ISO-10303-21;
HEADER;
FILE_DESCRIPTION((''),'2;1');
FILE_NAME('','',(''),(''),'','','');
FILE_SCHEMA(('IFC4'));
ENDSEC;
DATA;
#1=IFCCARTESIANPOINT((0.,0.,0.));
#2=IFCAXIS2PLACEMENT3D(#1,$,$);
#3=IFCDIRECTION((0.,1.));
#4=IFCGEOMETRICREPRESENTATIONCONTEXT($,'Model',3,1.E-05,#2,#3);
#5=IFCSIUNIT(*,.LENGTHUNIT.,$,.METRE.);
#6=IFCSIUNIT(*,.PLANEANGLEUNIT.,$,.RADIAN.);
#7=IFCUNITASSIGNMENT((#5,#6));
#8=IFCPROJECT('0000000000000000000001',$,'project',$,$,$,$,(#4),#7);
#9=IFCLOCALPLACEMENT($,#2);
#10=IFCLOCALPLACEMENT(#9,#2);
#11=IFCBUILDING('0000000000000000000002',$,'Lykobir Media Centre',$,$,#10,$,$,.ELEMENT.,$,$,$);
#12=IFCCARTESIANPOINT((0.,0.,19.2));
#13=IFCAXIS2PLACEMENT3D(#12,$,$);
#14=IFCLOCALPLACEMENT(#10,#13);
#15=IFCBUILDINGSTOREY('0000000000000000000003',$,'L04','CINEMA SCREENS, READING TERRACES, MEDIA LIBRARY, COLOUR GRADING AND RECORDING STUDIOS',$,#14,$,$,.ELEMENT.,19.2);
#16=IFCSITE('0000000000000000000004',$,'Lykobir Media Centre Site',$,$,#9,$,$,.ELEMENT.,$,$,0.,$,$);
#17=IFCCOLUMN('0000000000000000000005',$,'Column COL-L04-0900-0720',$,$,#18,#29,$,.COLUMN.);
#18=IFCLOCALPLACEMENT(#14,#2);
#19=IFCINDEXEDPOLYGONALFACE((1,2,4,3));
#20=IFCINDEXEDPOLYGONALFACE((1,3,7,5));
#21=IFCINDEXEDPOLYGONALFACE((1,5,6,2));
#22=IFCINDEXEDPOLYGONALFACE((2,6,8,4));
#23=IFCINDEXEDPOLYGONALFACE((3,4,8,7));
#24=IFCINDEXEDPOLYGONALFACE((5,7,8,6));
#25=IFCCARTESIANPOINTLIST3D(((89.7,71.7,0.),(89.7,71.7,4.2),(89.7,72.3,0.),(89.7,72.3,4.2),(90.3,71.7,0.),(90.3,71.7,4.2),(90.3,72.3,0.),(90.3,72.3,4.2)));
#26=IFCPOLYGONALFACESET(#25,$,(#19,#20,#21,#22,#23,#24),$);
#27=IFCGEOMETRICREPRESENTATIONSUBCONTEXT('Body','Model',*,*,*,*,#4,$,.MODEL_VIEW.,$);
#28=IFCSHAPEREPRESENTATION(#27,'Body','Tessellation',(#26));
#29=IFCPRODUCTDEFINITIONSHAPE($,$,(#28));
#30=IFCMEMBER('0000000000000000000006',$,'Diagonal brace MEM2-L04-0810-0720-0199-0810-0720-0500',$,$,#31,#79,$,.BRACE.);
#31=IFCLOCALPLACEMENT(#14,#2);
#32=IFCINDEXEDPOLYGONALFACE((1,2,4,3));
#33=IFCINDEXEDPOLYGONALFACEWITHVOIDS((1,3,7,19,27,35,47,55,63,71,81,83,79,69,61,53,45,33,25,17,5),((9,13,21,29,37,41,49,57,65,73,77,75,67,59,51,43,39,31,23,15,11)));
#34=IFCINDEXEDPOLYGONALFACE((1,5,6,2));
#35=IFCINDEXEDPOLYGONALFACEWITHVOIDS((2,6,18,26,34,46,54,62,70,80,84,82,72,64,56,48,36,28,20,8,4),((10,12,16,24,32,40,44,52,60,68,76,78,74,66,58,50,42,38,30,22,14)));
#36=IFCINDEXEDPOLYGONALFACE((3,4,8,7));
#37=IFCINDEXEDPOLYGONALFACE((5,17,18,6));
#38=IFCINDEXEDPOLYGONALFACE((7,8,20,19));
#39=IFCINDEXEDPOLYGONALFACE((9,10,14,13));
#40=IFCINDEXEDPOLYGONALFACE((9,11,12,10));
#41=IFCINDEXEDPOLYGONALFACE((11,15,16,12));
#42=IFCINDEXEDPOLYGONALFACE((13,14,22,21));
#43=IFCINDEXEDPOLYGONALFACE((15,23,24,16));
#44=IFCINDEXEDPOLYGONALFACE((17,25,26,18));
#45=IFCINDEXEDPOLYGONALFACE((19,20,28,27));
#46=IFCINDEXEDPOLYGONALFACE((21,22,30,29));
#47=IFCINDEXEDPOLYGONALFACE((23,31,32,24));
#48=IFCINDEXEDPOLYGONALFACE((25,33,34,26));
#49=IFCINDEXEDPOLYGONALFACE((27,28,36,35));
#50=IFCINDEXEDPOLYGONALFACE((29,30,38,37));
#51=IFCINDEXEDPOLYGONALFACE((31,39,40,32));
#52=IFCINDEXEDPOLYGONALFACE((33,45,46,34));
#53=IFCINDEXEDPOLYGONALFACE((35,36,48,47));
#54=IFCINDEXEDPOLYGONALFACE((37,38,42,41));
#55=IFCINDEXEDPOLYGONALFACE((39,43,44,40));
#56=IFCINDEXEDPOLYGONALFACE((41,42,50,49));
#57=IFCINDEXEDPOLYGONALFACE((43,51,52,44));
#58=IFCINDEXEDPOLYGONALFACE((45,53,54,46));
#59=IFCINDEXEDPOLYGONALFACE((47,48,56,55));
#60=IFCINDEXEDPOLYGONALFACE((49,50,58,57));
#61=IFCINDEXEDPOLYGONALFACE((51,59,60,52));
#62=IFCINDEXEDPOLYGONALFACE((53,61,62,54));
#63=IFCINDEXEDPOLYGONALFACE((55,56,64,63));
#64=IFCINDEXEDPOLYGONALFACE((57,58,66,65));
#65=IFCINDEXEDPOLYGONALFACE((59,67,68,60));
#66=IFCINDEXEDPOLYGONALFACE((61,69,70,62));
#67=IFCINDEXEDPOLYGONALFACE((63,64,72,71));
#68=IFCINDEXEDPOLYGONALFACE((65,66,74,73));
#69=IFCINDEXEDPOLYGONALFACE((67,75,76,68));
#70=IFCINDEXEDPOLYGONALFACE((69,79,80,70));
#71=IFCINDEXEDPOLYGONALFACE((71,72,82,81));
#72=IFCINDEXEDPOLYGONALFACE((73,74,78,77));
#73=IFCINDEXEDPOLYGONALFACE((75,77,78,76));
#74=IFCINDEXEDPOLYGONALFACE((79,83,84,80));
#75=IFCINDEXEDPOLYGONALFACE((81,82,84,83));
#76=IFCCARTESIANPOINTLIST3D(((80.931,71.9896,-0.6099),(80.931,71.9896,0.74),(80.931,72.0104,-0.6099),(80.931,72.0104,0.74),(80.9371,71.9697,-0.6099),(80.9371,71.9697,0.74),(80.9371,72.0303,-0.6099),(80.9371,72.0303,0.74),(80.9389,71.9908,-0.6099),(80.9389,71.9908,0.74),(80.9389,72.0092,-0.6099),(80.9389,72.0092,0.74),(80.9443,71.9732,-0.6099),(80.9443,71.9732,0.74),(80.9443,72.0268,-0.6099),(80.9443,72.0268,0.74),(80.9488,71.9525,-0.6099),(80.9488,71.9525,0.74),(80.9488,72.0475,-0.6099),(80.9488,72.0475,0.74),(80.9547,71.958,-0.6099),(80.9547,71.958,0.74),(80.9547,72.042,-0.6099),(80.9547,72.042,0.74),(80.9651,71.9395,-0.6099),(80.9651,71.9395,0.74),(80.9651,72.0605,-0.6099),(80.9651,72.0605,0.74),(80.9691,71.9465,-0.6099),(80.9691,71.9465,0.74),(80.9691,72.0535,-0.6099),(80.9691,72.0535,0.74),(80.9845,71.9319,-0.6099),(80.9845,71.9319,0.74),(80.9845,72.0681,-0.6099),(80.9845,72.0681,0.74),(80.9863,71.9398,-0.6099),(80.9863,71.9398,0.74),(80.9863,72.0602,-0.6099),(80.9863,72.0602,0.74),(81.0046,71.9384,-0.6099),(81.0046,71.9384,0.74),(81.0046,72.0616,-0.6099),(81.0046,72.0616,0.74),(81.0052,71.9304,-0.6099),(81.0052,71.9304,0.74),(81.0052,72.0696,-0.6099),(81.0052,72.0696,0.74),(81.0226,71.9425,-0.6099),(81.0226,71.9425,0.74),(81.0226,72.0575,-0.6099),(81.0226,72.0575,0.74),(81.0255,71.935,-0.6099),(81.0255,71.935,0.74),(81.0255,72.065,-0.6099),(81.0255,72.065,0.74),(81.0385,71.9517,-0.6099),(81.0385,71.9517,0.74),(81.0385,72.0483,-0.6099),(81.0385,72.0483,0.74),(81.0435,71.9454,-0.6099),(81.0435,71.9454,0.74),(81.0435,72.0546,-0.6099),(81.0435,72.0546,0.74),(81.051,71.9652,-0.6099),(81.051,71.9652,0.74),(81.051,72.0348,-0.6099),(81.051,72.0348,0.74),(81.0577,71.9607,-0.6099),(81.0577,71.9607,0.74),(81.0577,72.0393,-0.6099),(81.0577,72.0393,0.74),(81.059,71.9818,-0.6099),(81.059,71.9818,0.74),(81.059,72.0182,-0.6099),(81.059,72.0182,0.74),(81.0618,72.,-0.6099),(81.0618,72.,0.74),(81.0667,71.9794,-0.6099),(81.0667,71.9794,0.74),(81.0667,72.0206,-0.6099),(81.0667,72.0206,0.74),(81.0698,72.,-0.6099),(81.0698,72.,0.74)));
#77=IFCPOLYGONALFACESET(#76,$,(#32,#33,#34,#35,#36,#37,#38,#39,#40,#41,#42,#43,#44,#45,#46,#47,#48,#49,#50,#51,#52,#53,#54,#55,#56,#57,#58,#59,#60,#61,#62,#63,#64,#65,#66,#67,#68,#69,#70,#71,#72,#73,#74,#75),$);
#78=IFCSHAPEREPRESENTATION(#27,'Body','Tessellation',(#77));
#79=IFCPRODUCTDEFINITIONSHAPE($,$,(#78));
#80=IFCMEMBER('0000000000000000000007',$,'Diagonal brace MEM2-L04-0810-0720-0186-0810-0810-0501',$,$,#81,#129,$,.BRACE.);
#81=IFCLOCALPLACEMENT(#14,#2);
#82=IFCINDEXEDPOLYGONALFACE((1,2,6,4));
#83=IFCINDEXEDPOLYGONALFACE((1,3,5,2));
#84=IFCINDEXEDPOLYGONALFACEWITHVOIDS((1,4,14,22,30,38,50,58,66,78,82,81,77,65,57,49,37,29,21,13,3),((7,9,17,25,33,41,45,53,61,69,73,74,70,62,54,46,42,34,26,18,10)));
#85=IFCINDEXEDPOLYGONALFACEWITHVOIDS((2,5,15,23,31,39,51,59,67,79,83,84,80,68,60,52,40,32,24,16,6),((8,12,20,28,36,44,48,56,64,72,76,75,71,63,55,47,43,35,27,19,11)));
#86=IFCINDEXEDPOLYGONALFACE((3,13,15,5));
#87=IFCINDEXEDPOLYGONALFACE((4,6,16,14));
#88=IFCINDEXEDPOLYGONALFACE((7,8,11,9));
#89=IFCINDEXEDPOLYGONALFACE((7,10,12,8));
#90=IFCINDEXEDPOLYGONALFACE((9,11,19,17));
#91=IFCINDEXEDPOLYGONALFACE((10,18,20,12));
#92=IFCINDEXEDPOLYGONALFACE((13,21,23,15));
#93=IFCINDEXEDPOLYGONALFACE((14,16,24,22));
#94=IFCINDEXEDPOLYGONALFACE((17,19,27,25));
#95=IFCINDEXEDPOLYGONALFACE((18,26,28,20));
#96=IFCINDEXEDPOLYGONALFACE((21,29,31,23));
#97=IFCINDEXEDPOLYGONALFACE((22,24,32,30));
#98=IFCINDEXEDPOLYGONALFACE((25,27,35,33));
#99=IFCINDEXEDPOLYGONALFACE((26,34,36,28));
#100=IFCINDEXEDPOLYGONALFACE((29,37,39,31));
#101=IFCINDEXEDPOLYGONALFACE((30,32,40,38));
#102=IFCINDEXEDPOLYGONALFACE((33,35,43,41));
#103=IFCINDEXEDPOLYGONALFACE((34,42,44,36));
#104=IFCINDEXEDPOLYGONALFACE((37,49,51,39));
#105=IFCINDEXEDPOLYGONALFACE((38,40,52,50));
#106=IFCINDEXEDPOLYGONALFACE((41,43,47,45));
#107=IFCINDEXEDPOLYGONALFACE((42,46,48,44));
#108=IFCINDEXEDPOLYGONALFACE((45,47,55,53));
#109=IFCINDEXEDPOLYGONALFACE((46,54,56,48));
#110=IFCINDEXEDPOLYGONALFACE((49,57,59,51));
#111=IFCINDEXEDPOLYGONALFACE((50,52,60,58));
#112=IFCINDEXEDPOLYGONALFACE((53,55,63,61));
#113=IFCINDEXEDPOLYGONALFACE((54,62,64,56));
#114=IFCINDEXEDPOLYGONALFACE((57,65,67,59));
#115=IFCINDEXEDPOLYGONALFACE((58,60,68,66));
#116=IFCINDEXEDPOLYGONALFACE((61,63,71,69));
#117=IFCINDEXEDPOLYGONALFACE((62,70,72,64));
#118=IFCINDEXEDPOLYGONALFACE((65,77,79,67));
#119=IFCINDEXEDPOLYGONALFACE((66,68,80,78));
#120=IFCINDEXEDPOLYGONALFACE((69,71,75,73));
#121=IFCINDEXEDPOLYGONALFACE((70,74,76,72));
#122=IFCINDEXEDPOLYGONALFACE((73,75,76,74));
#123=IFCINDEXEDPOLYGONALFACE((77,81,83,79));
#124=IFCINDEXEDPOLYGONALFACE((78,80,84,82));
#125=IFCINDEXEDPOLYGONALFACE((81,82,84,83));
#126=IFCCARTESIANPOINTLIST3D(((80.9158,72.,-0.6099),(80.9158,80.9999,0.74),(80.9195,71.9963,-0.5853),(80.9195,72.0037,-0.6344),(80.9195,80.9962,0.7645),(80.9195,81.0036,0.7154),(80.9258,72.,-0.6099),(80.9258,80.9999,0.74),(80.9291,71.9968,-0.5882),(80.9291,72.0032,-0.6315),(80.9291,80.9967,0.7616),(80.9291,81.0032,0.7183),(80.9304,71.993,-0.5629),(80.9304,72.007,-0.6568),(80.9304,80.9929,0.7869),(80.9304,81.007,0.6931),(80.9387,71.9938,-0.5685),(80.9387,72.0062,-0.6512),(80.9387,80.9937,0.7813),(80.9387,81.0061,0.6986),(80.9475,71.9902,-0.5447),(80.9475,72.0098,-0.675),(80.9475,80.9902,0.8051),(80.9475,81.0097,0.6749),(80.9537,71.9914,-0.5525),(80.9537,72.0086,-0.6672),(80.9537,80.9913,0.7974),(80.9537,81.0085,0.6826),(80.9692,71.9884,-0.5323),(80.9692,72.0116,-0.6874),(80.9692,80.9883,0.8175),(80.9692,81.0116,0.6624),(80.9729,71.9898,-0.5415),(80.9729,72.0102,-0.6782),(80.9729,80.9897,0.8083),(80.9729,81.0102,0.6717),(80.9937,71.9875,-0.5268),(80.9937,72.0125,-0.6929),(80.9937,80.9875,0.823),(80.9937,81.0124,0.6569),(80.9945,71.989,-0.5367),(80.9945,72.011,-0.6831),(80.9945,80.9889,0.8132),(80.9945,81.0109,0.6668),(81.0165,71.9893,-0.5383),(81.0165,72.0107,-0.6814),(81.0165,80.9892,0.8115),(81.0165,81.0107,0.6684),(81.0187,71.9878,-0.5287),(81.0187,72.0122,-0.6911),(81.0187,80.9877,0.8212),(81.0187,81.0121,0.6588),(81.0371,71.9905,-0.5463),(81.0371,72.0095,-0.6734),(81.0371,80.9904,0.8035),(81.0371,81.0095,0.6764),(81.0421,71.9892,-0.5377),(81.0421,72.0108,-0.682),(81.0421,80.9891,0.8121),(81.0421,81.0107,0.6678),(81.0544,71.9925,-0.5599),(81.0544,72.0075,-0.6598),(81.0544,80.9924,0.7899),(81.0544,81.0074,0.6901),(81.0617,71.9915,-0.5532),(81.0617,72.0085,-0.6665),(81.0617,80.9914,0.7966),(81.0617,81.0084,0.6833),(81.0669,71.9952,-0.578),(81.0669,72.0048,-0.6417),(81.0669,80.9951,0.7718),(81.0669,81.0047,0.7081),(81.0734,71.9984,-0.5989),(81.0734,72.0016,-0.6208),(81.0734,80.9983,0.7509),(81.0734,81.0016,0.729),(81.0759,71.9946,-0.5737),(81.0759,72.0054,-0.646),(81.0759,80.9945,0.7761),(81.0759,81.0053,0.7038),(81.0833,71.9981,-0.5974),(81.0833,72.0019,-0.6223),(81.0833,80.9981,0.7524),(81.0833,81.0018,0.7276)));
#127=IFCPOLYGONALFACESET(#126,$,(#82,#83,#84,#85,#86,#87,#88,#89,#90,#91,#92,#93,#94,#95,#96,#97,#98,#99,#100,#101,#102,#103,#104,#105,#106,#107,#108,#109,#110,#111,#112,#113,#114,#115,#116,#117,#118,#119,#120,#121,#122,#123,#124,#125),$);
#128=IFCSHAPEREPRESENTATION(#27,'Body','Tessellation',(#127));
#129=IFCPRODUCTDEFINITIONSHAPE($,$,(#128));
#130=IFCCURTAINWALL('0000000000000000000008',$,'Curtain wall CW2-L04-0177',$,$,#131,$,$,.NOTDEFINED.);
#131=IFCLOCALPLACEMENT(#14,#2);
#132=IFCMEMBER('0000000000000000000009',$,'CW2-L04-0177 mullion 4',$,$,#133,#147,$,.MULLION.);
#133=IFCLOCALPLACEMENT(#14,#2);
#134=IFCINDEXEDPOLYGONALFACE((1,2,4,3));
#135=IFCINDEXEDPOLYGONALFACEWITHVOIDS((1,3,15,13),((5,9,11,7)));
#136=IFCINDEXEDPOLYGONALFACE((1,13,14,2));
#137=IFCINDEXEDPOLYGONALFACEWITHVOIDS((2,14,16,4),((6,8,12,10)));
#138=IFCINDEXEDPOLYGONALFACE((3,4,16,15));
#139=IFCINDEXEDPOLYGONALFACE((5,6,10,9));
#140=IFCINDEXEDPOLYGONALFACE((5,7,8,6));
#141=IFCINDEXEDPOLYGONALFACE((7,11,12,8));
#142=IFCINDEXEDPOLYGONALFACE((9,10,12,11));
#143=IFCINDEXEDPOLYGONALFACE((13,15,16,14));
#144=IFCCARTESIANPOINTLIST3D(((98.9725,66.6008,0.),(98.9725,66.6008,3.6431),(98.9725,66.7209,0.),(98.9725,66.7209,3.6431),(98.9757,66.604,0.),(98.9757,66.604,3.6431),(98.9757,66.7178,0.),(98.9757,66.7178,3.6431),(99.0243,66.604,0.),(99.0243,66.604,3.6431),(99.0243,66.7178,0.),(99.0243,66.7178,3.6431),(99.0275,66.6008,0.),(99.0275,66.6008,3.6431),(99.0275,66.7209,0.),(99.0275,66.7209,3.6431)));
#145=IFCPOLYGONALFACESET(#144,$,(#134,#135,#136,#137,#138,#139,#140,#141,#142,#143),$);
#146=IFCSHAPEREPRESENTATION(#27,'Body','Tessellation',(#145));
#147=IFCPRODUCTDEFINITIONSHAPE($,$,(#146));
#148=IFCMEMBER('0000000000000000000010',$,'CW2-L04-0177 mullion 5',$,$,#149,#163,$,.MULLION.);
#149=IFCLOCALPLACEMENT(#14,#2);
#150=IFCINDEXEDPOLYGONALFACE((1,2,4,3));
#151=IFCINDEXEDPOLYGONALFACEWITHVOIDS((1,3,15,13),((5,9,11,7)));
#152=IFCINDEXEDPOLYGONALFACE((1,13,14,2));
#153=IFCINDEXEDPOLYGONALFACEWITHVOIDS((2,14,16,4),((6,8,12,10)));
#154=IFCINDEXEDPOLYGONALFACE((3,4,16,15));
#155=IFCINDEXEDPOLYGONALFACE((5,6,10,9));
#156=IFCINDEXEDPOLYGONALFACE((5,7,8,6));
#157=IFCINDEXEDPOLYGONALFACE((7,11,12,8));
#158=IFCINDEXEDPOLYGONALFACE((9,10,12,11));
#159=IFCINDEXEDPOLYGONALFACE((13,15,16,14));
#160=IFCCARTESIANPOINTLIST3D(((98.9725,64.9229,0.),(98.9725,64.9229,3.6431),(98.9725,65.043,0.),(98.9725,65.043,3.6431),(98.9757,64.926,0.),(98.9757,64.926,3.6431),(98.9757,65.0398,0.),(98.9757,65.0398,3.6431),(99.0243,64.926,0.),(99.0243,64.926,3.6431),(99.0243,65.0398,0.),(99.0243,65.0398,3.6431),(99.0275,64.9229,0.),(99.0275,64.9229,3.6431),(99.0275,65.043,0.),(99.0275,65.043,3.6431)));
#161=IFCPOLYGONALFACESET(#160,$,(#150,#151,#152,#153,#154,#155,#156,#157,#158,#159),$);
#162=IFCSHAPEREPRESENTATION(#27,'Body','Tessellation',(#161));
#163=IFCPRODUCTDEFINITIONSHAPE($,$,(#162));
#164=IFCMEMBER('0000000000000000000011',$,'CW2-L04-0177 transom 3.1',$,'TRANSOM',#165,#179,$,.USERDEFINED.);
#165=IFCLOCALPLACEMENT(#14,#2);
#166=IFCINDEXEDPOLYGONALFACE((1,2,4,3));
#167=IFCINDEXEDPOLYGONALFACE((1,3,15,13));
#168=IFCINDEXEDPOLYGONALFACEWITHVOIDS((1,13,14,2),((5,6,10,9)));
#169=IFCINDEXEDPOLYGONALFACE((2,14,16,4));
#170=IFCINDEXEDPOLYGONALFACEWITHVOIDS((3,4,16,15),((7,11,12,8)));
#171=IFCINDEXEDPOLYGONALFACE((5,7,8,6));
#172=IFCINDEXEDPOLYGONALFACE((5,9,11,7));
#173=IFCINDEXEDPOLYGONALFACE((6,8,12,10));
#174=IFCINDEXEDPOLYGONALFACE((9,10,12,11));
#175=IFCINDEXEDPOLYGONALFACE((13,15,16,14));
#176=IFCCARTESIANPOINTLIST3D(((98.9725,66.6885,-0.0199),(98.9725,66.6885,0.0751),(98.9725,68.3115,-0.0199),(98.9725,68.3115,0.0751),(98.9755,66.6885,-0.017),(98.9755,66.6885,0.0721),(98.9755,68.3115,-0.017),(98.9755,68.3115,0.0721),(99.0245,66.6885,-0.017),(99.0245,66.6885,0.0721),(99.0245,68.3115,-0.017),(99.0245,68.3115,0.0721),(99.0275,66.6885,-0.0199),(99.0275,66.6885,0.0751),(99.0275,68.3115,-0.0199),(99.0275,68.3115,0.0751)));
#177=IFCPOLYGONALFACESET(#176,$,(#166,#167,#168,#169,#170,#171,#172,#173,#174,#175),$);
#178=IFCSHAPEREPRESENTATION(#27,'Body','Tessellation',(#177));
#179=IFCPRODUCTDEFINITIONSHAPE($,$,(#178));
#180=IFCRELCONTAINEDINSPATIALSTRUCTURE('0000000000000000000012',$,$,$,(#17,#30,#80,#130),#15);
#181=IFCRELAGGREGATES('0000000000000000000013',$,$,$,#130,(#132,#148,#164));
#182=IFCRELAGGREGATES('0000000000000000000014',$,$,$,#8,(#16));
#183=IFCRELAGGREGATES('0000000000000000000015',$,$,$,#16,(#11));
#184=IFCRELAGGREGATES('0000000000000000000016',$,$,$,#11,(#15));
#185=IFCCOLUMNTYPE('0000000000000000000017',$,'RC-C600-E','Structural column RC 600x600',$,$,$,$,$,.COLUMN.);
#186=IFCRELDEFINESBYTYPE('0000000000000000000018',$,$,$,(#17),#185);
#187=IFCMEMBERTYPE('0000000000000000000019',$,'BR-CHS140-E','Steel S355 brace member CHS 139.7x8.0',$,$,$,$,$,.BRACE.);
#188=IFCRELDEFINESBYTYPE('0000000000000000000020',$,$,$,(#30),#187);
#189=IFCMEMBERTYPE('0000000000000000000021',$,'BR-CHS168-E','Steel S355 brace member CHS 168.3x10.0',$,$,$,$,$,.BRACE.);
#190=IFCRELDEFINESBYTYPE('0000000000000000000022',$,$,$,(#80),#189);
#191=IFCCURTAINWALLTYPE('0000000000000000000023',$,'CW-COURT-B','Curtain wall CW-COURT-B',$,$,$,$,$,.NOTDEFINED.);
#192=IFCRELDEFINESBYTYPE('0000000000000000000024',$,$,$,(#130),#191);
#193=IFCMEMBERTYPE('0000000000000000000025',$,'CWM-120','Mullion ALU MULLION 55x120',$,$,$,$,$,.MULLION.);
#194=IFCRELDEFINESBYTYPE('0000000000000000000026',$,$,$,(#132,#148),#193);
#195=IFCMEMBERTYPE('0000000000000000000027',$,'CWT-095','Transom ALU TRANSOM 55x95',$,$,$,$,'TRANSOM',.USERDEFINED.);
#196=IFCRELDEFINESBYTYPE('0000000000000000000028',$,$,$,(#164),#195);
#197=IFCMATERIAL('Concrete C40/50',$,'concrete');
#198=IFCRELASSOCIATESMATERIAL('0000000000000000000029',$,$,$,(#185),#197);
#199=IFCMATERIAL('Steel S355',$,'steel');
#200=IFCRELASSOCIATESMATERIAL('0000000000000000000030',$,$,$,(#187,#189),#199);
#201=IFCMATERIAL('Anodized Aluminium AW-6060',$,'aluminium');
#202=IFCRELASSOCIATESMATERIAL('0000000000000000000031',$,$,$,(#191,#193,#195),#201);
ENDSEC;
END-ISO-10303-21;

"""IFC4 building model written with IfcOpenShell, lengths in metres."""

from ifc_helpers import new_model, si_unit, direction, frame, origin, origin_2d, place, context, subcontext, project, spatial, rectangle, hollow_rectangle, hollow_circle, extrude, material, material_profile, profile_set, type_object, element, aggregate, save


model = new_model("IFC4")

# Units and contexts
model_context = context("Model", 3, precision=1e-05, world=origin(), true_north=direction((0.0, 1.0)))
body_context = subcontext(model_context, "Body", "Model", "MODEL_VIEW")
ifc_project = project(units=[si_unit("LENGTHUNIT", "METRE"), si_unit("PLANEANGLEUNIT", "RADIAN")], contexts=[model_context])

# Site, building, storey
site_placement = place(None, origin())
site = spatial("IfcSite", under=ifc_project, at=site_placement, Name="Lykobir Media Centre Site", CompositionType="ELEMENT", RefElevation=0.0)
building_placement = place(site_placement, origin())
building = spatial("IfcBuilding", under=site, at=building_placement, Name="Lykobir Media Centre", CompositionType="ELEMENT")
storey_placement = place(building_placement, frame((0.0, 0.0, 19.2)))
storey = spatial("IfcBuildingStorey", under=building, at=storey_placement, Name="L04", Description="CINEMA SCREENS, READING TERRACES, MEDIA LIBRARY, COLOUR GRADING AND RECORDING STUDIOS", CompositionType="ELEMENT", Elevation=19.2)

# Column
ifc_material_1 = material(Name="Concrete C40/50", Category="concrete")
ifc_material_profile_1 = material_profile(ifc_material_1, rectangle(XDim=0.6001, YDim=0.6001, at=origin_2d()), Name="RC 600x600")
ifc_profile_set_1 = profile_set([ifc_material_profile_1], Name="Concrete C40/50")
column_type = type_object("IfcColumnType", Name="RC-C600-E", Description="Structural column RC 600x600", PredefinedType="COLUMN", material=ifc_profile_set_1)
column_placement = place(storey_placement, frame((90.0, 72.0, 0.0), z_axis=(0.0, 0.0, 1.0), x_axis=(1.0, 0.0, 0.0)))
element("IfcColumn", 1, at=column_placement, inside=storey, type_object=column_type, Name="Column COL-L04-0900-0720", PredefinedType="COLUMN", context=body_context, shape_type="SweptSolid", body=[
    extrude(rectangle(XDim=0.6001, YDim=0.6001, at=origin_2d()), origin(), (0.0, 0.0, 1.0), 4.2),
])

# Members
ifc_material_2 = material(Name="Steel S355", Category="steel")
ifc_material_profile_2 = material_profile(ifc_material_2, hollow_circle(Radius=0.0698, WallThickness=0.0081, at=origin_2d()), Name="CHS 139.7x8.0")
ifc_profile_set_2 = profile_set([ifc_material_profile_2], Name="Steel S355")
member_type_1 = type_object("IfcMemberType", Name="BR-CHS140-E", Description="Steel S355 brace member CHS 139.7x8.0", PredefinedType="BRACE", material=ifc_profile_set_2)
member_1_placement = place(storey_placement, frame((81.0, 72.0, 0.74), z_axis=(0.0, 0.0, -1.0), x_axis=(1.0, 0.0, 0.0)))
element("IfcMember", 2, at=member_1_placement, inside=storey, type_object=member_type_1, Name="Diagonal brace MEM2-L04-0810-0720-0199-0810-0720-0500", PredefinedType="BRACE", context=body_context, shape_type="SweptSolid", body=[
    extrude(hollow_circle(Radius=0.0698, WallThickness=0.0081, at=origin_2d()), origin(), (0.0, 0.0, 1.0), 1.3499),
])
ifc_material_profile_3 = material_profile(ifc_material_2, hollow_circle(Radius=0.0842, WallThickness=0.01, at=origin_2d()), Name="CHS 168.3x10.0")
ifc_profile_set_3 = profile_set([ifc_material_profile_3], Name="Steel S355")
member_type_2 = type_object("IfcMemberType", Name="BR-CHS168-E", Description="Steel S355 brace member CHS 168.3x10.0", PredefinedType="BRACE", material=ifc_profile_set_3)
member_2_placement = place(storey_placement, frame((81.0, 72.0, -0.6099), z_axis=(0.0, 0.988939, 0.148325), x_axis=(-1.0, 0.0, 0.0)))
element("IfcMember", 3, at=member_2_placement, inside=storey, type_object=member_type_2, Name="Diagonal brace MEM2-L04-0810-0720-0186-0810-0810-0501", PredefinedType="BRACE", context=body_context, shape_type="SweptSolid", body=[
    extrude(hollow_circle(Radius=0.0842, WallThickness=0.01, at=origin_2d()), origin(), (0.0, 0.0, 1.0), 9.1006),
])

# Curtain wall, members
ifc_material_3 = material(Name="Anodized Aluminium AW-6060", Category="aluminium")
curtain_wall_type_1 = type_object("IfcCurtainWallType", Name="CW-COURT-B", Description="Curtain wall CW-COURT-B", PredefinedType="NOTDEFINED", material=ifc_material_3)
curtain_wall_1_placement = place(storey_placement, origin())
curtain_wall_1 = element("IfcCurtainWall", 4, at=curtain_wall_1_placement, inside=storey, type_object=curtain_wall_type_1, Name="Curtain wall CW2-L04-0177", PredefinedType="NOTDEFINED")
ifc_material_profile_4 = material_profile(ifc_material_3, hollow_rectangle(XDim=0.0549, YDim=0.1201, WallThickness=0.0032, at=origin_2d()), Name="ALU MULLION 55x120")
ifc_profile_set_4 = profile_set([ifc_material_profile_4], Name="Anodized Aluminium AW-6060")
member_type_3 = type_object("IfcMemberType", Name="CWM-120", Description="Mullion ALU MULLION 55x120", PredefinedType="MULLION", material=ifc_profile_set_4)
member_3_placement = place(storey_placement, frame((99.0, 66.6609, 0.0), z_axis=(0.0, 0.0, 1.0), x_axis=(1.0, 0.0, 0.0)))
member_3 = element("IfcMember", 5, at=member_3_placement, type_object=member_type_3, Name="CW2-L04-0177 mullion 4", PredefinedType="MULLION", context=body_context, shape_type="SweptSolid", body=[
    extrude(hollow_rectangle(XDim=0.0549, YDim=0.1201, WallThickness=0.0032, at=origin_2d()), origin(), (0.0, 0.0, 1.0), 3.6431),
])
member_4_placement = place(storey_placement, frame((99.0, 64.9829, 0.0), z_axis=(0.0, 0.0, 1.0), x_axis=(1.0, 0.0, 0.0)))
member_4 = element("IfcMember", 6, at=member_4_placement, type_object=member_type_3, Name="CW2-L04-0177 mullion 5", PredefinedType="MULLION", context=body_context, shape_type="SweptSolid", body=[
    extrude(hollow_rectangle(XDim=0.0549, YDim=0.1201, WallThickness=0.0032, at=origin_2d()), origin(), (0.0, 0.0, 1.0), 3.6431),
])
ifc_material_profile_5 = material_profile(ifc_material_3, hollow_rectangle(XDim=0.0549, YDim=0.095, WallThickness=0.0029, at=origin_2d()), Name="ALU TRANSOM 55x95")
ifc_profile_set_5 = profile_set([ifc_material_profile_5], Name="Anodized Aluminium AW-6060")
member_type_4 = type_object("IfcMemberType", Name="CWT-095", Description="Transom ALU TRANSOM 55x95", ElementType="TRANSOM", PredefinedType="USERDEFINED", material=ifc_profile_set_5)
member_5_placement = place(storey_placement, frame((99.0, 68.3115, 0.0276), z_axis=(0.0, -1.0, 0.0), x_axis=(1.0, 0.0, 0.0)))
member_5 = element("IfcMember", 7, at=member_5_placement, type_object=member_type_4, Name="CW2-L04-0177 transom 3.1", ObjectType="TRANSOM", PredefinedType="USERDEFINED", context=body_context, shape_type="SweptSolid", body=[
    extrude(hollow_rectangle(XDim=0.0549, YDim=0.095, WallThickness=0.0029, at=origin_2d()), origin(), (0.0, 0.0, 1.0), 1.623),
])

aggregate(curtain_wall_1, [member_3, member_4, member_5])

save(model, "model.ifc")
